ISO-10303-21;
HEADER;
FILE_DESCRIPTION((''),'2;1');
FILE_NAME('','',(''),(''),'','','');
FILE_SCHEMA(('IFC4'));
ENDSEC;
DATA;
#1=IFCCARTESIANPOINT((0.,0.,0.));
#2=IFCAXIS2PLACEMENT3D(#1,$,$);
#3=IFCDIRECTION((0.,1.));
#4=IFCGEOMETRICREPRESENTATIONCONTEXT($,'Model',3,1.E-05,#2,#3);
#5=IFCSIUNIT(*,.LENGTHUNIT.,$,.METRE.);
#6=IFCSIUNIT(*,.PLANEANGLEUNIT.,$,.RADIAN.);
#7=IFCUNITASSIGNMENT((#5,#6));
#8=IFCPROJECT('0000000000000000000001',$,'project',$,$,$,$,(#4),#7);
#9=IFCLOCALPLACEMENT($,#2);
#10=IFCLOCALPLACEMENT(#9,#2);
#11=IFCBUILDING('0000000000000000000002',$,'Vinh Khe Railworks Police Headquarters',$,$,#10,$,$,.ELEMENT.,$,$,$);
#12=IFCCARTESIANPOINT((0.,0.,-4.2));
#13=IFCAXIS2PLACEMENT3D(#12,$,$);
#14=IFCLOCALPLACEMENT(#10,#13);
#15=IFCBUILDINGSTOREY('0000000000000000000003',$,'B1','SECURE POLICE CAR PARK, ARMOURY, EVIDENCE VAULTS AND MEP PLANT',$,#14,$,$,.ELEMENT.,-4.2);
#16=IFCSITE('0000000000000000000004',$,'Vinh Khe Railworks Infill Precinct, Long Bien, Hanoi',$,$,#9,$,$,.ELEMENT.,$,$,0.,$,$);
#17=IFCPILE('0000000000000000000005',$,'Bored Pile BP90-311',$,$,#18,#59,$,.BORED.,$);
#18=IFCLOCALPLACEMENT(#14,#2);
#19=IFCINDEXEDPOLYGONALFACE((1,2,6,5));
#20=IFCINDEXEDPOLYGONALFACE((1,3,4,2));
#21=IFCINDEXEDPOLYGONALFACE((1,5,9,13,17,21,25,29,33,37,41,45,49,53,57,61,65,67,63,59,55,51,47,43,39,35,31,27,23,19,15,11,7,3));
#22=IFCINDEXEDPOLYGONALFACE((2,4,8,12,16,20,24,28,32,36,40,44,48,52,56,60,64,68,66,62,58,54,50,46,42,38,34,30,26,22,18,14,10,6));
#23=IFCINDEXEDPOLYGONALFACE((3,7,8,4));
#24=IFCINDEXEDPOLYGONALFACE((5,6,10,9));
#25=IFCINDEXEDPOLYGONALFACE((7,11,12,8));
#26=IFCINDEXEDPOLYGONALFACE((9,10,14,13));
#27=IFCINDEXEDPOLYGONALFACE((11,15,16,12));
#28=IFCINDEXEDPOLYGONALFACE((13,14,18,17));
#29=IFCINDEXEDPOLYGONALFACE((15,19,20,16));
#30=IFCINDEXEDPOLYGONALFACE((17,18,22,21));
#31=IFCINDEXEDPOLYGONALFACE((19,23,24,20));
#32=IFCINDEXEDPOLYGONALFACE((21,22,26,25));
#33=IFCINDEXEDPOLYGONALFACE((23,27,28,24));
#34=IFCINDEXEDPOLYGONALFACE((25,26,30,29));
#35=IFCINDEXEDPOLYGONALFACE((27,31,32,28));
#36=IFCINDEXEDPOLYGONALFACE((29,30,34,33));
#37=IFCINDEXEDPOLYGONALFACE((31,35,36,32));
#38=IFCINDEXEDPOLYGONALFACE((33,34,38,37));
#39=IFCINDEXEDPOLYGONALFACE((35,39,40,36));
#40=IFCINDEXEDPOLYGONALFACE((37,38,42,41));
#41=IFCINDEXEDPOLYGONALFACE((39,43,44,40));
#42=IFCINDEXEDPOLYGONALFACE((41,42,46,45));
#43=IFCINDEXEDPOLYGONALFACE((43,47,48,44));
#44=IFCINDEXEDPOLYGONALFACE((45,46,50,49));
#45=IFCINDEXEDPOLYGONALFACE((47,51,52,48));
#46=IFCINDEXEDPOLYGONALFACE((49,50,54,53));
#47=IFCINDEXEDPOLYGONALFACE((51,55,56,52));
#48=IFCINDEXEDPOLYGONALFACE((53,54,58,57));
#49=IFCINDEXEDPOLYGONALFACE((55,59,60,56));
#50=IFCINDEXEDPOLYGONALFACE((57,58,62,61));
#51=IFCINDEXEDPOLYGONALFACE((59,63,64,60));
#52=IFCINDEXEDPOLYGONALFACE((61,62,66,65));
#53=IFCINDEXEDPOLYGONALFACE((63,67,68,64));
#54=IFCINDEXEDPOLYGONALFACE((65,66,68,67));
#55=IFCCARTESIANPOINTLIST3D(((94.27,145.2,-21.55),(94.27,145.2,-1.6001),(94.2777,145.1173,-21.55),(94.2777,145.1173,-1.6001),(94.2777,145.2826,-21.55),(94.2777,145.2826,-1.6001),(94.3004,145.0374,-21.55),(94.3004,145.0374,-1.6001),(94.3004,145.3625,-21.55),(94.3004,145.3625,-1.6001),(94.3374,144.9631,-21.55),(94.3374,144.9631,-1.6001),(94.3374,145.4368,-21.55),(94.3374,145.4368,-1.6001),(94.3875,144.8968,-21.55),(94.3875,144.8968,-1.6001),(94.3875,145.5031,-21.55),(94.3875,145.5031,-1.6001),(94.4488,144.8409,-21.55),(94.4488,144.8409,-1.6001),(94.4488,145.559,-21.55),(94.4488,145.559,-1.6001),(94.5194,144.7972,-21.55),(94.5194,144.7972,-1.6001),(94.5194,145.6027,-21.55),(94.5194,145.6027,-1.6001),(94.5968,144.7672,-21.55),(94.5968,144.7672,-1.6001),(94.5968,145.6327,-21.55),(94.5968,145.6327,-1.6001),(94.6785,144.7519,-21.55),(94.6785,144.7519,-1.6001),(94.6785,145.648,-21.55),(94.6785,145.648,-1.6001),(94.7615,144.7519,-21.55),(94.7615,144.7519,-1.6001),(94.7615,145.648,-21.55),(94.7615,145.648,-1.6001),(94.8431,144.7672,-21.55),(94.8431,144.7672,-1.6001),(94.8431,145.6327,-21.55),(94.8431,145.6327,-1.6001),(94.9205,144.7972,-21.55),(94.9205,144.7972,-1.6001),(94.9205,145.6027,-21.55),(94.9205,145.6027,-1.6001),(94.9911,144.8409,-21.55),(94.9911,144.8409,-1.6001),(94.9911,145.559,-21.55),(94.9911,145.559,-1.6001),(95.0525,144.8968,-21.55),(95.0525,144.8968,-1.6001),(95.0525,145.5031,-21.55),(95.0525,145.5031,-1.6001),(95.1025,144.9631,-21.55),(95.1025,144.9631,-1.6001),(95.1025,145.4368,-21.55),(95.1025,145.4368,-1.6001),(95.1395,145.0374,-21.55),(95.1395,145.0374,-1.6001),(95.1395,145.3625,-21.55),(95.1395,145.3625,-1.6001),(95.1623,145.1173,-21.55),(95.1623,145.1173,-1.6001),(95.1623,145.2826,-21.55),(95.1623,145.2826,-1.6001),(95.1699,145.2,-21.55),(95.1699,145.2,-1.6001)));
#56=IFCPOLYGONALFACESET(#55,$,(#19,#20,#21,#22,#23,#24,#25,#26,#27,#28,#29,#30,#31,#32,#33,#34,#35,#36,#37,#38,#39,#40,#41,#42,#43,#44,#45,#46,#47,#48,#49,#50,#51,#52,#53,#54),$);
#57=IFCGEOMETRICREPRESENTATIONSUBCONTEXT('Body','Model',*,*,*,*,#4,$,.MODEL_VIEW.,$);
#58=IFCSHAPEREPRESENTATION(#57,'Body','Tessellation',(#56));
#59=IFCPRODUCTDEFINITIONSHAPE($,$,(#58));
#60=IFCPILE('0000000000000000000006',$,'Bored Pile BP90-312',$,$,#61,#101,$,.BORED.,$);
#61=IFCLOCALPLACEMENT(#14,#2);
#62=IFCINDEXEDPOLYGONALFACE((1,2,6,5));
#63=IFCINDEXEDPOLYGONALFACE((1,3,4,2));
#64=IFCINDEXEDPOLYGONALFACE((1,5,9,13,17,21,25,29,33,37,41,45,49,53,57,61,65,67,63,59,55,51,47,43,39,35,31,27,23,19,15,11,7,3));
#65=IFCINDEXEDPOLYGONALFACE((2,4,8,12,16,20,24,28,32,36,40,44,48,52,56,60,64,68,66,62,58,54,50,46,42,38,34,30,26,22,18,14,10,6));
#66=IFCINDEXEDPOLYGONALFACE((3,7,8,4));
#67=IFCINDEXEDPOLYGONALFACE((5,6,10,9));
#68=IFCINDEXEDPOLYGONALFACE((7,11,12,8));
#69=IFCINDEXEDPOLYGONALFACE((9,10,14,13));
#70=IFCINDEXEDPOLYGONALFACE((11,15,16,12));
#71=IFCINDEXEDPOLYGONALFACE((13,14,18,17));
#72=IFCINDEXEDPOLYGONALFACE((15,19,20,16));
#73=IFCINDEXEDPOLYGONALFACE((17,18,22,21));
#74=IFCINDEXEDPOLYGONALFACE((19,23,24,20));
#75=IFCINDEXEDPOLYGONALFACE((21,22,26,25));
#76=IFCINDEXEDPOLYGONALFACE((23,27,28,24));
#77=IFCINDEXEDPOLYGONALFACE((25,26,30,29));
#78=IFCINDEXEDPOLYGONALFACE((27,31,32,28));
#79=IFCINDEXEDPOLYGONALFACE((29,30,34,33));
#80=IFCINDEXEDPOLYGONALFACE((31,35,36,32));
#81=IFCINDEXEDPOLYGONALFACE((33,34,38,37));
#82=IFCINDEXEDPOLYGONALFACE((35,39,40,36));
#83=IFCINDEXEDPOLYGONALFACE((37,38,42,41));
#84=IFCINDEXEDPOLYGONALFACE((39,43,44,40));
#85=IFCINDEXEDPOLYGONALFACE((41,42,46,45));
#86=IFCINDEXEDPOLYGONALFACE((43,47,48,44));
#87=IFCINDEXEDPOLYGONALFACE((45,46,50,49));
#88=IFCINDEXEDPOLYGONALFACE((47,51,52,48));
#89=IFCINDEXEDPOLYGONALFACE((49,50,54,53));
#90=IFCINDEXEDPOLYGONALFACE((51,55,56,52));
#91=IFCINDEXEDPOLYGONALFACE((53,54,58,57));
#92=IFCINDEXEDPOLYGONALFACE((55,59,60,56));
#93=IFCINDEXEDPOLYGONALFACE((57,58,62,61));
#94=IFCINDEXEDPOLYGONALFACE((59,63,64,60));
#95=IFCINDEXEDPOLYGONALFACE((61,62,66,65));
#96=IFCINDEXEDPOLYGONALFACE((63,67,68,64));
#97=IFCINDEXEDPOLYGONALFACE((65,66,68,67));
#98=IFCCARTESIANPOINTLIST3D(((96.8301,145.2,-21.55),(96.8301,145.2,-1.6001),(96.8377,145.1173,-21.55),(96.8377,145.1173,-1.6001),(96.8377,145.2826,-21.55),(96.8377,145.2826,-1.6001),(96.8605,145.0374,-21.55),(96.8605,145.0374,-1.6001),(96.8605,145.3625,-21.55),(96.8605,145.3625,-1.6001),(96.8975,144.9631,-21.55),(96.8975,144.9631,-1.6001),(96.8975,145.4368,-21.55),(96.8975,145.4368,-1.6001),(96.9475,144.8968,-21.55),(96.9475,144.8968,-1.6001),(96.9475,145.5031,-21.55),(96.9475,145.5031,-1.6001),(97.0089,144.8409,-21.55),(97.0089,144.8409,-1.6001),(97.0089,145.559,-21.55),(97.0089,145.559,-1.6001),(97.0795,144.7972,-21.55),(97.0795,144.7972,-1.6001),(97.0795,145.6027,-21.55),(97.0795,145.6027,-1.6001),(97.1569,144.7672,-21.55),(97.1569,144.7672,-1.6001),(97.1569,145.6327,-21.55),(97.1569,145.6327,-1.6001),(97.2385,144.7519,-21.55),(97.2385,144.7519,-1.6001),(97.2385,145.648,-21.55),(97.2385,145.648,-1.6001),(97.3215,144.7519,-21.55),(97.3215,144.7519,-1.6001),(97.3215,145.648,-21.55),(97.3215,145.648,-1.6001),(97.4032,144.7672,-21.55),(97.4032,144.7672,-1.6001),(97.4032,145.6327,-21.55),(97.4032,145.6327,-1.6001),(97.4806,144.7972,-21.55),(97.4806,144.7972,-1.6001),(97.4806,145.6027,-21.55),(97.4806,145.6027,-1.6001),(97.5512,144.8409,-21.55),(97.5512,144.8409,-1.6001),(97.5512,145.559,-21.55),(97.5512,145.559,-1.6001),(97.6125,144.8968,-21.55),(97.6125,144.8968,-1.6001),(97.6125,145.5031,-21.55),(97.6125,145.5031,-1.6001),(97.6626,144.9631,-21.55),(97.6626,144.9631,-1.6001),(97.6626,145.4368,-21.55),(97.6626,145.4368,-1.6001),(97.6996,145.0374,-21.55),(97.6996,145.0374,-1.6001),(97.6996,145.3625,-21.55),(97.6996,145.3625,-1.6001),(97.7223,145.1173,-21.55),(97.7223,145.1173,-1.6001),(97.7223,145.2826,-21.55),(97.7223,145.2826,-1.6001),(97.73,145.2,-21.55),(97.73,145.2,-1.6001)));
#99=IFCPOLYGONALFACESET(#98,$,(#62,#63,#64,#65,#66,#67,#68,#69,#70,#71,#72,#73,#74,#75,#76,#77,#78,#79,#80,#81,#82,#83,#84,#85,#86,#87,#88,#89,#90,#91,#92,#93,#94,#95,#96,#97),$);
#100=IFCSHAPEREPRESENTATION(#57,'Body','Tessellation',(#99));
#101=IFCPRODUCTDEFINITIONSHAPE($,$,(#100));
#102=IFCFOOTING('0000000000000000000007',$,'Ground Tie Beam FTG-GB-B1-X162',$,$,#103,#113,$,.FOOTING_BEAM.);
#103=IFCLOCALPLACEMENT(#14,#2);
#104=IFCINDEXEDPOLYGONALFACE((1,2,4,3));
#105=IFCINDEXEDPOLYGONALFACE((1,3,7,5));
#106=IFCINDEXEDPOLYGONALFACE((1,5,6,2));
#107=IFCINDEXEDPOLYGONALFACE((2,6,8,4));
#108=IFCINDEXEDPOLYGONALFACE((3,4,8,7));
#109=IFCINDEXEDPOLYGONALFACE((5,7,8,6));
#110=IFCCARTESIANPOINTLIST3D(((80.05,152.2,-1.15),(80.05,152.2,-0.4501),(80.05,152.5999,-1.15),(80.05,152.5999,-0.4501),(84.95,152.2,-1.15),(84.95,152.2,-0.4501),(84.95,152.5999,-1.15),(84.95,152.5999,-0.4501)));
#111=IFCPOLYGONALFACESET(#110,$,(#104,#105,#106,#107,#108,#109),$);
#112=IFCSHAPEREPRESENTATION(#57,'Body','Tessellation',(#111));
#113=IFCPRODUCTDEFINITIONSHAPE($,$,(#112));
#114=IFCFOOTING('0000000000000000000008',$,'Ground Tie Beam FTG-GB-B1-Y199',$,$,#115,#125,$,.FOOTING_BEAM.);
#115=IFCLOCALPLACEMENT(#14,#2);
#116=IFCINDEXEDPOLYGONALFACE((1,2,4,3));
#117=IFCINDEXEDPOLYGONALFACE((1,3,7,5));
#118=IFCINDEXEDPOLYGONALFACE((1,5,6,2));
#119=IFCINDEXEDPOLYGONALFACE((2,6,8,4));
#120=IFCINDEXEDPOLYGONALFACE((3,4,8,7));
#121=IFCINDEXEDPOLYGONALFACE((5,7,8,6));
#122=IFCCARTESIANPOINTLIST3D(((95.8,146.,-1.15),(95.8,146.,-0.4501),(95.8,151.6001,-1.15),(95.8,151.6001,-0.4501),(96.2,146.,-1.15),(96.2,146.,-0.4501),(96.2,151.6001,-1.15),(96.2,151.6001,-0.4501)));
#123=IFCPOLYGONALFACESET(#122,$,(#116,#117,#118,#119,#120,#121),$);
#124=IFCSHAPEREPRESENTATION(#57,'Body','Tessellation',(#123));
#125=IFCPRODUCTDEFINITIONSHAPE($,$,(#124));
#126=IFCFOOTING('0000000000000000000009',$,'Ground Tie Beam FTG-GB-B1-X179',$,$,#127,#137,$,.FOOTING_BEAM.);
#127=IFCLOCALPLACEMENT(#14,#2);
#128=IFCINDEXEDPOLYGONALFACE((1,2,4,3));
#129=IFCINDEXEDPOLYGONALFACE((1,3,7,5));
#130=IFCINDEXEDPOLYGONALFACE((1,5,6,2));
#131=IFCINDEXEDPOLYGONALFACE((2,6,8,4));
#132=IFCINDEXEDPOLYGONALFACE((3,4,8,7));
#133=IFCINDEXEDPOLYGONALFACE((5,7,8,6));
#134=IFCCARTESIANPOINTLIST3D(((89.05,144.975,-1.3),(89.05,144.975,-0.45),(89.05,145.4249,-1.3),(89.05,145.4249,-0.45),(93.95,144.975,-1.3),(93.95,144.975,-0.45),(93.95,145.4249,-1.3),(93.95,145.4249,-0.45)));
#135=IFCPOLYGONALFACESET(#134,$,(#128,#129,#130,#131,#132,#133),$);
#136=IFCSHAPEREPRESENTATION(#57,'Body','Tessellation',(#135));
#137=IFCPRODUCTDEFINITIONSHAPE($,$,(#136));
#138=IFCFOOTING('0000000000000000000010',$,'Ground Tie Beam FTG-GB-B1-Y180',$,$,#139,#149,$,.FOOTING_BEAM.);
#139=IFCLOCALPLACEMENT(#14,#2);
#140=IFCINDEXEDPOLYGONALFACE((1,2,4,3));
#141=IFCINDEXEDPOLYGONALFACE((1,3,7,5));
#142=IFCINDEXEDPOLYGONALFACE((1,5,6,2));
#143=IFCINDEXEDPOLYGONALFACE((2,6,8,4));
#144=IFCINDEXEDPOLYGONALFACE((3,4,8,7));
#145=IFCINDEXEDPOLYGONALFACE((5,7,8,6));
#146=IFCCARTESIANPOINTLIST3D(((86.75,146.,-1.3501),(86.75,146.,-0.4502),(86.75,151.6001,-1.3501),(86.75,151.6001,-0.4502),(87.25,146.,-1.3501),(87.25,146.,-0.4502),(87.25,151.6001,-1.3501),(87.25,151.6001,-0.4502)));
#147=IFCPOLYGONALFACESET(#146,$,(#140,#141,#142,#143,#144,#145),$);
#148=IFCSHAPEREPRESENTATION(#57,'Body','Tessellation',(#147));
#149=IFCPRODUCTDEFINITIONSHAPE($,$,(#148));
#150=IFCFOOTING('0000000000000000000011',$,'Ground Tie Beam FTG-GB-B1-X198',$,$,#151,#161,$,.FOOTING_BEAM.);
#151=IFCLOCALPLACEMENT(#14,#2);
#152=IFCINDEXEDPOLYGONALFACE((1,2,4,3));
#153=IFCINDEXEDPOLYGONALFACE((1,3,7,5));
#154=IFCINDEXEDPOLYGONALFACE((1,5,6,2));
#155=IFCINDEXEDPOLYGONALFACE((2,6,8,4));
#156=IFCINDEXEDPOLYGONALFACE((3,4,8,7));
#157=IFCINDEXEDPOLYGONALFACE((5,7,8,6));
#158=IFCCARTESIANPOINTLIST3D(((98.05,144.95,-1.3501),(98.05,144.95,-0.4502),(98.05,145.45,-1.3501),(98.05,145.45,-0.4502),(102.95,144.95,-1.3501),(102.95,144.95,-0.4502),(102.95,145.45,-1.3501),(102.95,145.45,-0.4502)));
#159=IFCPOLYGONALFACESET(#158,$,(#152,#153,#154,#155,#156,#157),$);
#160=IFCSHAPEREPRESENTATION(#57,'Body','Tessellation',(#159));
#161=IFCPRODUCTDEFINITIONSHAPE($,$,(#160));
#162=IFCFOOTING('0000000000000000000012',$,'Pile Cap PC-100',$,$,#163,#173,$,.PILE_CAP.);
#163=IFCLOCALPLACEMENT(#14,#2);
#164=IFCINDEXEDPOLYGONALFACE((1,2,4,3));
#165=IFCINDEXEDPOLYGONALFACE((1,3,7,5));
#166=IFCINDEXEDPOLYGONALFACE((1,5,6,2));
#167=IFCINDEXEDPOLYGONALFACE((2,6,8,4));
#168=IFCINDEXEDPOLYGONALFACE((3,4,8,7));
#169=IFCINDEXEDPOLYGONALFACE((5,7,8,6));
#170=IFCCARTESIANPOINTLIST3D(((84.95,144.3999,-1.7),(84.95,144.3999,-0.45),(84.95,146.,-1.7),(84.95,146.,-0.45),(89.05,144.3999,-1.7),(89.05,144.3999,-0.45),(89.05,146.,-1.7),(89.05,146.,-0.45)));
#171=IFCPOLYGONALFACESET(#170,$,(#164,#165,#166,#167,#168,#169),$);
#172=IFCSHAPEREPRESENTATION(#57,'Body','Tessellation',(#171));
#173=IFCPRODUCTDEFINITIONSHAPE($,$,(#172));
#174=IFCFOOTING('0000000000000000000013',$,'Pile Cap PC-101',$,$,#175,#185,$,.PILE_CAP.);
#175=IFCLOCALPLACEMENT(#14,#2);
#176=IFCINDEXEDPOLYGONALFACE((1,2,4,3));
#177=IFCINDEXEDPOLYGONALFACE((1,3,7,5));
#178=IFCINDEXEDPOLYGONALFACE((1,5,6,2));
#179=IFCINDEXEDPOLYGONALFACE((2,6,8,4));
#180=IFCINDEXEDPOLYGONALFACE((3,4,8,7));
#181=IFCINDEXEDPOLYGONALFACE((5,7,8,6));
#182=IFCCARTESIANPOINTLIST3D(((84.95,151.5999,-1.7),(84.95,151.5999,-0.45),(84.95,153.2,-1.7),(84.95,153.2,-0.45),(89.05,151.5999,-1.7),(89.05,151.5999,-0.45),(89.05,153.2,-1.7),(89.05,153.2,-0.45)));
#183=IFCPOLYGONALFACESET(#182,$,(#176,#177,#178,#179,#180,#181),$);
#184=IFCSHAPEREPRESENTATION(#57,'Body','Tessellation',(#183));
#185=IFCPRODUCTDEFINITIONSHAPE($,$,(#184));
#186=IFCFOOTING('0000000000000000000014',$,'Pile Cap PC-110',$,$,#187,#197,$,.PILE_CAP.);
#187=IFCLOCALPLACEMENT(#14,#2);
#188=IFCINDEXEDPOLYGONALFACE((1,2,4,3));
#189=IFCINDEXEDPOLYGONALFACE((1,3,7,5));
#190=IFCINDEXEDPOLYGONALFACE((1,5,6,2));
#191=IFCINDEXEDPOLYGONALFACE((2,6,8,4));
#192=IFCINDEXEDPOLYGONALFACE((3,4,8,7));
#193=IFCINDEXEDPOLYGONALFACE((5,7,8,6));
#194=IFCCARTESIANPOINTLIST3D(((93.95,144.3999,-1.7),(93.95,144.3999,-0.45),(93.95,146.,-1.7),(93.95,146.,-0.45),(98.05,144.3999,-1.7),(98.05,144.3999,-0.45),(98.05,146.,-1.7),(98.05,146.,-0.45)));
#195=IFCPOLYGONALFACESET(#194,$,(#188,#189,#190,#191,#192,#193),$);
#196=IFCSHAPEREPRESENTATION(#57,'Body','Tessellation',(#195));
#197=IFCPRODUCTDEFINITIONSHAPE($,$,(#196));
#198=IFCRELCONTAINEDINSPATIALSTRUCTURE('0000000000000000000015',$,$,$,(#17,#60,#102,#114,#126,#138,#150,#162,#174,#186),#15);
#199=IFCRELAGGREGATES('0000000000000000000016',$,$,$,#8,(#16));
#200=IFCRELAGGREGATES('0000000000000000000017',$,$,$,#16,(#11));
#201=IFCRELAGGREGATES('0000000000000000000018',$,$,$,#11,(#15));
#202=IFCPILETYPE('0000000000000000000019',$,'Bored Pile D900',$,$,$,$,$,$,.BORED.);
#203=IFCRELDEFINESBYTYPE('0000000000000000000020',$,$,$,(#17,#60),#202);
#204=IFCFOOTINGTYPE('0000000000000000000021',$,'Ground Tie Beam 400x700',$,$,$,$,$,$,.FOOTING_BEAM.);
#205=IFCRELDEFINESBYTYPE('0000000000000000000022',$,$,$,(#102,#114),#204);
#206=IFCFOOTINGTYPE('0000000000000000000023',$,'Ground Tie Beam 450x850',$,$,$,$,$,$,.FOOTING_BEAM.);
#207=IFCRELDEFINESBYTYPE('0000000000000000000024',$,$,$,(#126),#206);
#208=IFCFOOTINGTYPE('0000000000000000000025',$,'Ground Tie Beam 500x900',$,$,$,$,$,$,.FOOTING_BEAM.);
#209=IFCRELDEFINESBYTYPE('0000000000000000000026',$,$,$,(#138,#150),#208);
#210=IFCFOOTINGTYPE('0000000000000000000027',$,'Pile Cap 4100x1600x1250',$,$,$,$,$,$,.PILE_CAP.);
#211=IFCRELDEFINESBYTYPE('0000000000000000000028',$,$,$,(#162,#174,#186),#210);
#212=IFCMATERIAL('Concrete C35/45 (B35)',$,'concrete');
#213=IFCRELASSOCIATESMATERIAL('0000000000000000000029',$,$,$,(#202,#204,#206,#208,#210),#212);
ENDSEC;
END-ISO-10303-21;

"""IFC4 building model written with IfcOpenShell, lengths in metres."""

from ifc_helpers import new_model, si_unit, direction, frame, origin, origin_2d, place, context, subcontext, project, spatial, rectangle, circle, extrude, material, material_profile, profile_set, type_object, element, save


model = new_model("IFC4")

# Units and contexts
model_context = context("Model", 3, precision=1e-05, world=origin(), true_north=direction((0.0, 1.0)))
body_context = subcontext(model_context, "Body", "Model", "MODEL_VIEW")
ifc_project = project(units=[si_unit("LENGTHUNIT", "METRE"), si_unit("PLANEANGLEUNIT", "RADIAN")], contexts=[model_context])

# Site, building, storey
site_placement = place(None, origin())
site = spatial("IfcSite", under=ifc_project, at=site_placement, Name="Vinh Khe Railworks Infill Precinct, Long Bien, Hanoi", CompositionType="ELEMENT", RefElevation=0.0)
building_placement = place(site_placement, origin())
building = spatial("IfcBuilding", under=site, at=building_placement, Name="Vinh Khe Railworks Police Headquarters", CompositionType="ELEMENT")
storey_placement = place(building_placement, frame((0.0, 0.0, -4.2)))
storey = spatial("IfcBuildingStorey", under=building, at=storey_placement, Name="B1", Description="SECURE POLICE CAR PARK, ARMOURY, EVIDENCE VAULTS AND MEP PLANT", CompositionType="ELEMENT", Elevation=-4.2)

# Piles
ifc_material_1 = material(Name="Concrete C35/45 (B35)", Category="concrete")
ifc_material_profile_1 = material_profile(ifc_material_1, circle(Radius=0.45, at=origin_2d()), Name="BORED PILE D900")
ifc_profile_set_1 = profile_set([ifc_material_profile_1], Name="Concrete C35/45 (B35)")
pile_type = type_object("IfcPileType", Name="Bored Pile D900", PredefinedType="BORED", material=ifc_profile_set_1)
for number, where, z_axis, x_axis, name in (
    (1, (94.72, 145.2, -1.6001), (0.0, 0.0, -1.0), (1.0, 0.0, 0.0), "Bored Pile BP90-311"),
    (2, (97.28, 145.2, -1.6001), (0.0, 0.0, -1.0), (1.0, 0.0, 0.0), "Bored Pile BP90-312"),
):
    element("IfcPile", number, at=place(storey_placement, frame(where, z_axis=z_axis, x_axis=x_axis)), inside=storey, type_object=pile_type, Name=name, PredefinedType="BORED", context=body_context, shape_type="SweptSolid", body=[
        extrude(circle(Radius=0.45, at=origin_2d()), origin(), (0.0, 0.0, 1.0), 19.95),
    ])

# Footings
ifc_material_profile_2 = material_profile(ifc_material_1, rectangle(XDim=0.3999, YDim=0.7, at=origin_2d()), Name="RC 400x700")
ifc_profile_set_2 = profile_set([ifc_material_profile_2], Name="Concrete C35/45 (B35)")
footing_type_1 = type_object("IfcFootingType", Name="Ground Tie Beam 400x700", PredefinedType="FOOTING_BEAM", material=ifc_profile_set_2)
footing_1_placement = place(storey_placement, frame((80.05, 152.3999, -0.8), z_axis=(1.0, 0.0, 0.0), x_axis=(0.0, 1.0, 0.0)))
element("IfcFooting", 3, at=footing_1_placement, inside=storey, type_object=footing_type_1, Name="Ground Tie Beam FTG-GB-B1-X162", PredefinedType="FOOTING_BEAM", context=body_context, shape_type="SweptSolid", body=[
    extrude(rectangle(XDim=0.3999, YDim=0.7, at=origin_2d()), origin(), (0.0, 0.0, 1.0), 4.8999),
])
footing_2_placement = place(storey_placement, frame((96.0, 146.0, -0.8), z_axis=(0.0, 1.0, 0.0), x_axis=(-1.0, 0.0, 0.0)))
element("IfcFooting", 4, at=footing_2_placement, inside=storey, type_object=footing_type_1, Name="Ground Tie Beam FTG-GB-B1-Y199", PredefinedType="FOOTING_BEAM", context=body_context, shape_type="SweptSolid", body=[
    extrude(rectangle(XDim=0.3999, YDim=0.7, at=origin_2d()), origin(), (0.0, 0.0, 1.0), 5.6001),
])
ifc_material_profile_3 = material_profile(ifc_material_1, rectangle(XDim=0.45, YDim=0.8501, at=origin_2d()), Name="RC 450x850")
ifc_profile_set_3 = profile_set([ifc_material_profile_3], Name="Concrete C35/45 (B35)")
footing_type_2 = type_object("IfcFootingType", Name="Ground Tie Beam 450x850", PredefinedType="FOOTING_BEAM", material=ifc_profile_set_3)
footing_3_placement = place(storey_placement, frame((89.05, 145.2, -0.875), z_axis=(1.0, 0.0, 0.0), x_axis=(0.0, 1.0, 0.0)))
element("IfcFooting", 5, at=footing_3_placement, inside=storey, type_object=footing_type_2, Name="Ground Tie Beam FTG-GB-B1-X179", PredefinedType="FOOTING_BEAM", context=body_context, shape_type="SweptSolid", body=[
    extrude(rectangle(XDim=0.45, YDim=0.8501, at=origin_2d()), origin(), (0.0, 0.0, 1.0), 4.8999),
])
ifc_material_profile_4 = material_profile(ifc_material_1, rectangle(XDim=0.5, YDim=0.8999, at=origin_2d()), Name="RC 500x900")
ifc_profile_set_4 = profile_set([ifc_material_profile_4], Name="Concrete C35/45 (B35)")
footing_type_3 = type_object("IfcFootingType", Name="Ground Tie Beam 500x900", PredefinedType="FOOTING_BEAM", material=ifc_profile_set_4)
footing_4_placement = place(storey_placement, frame((87.0, 146.0, -0.9001), z_axis=(0.0, 1.0, 0.0), x_axis=(-1.0, 0.0, 0.0)))
element("IfcFooting", 6, at=footing_4_placement, inside=storey, type_object=footing_type_3, Name="Ground Tie Beam FTG-GB-B1-Y180", PredefinedType="FOOTING_BEAM", context=body_context, shape_type="SweptSolid", body=[
    extrude(rectangle(XDim=0.5, YDim=0.8999, at=origin_2d()), origin(), (0.0, 0.0, 1.0), 5.6001),
])
footing_5_placement = place(storey_placement, frame((98.05, 145.2, -0.9001), z_axis=(1.0, 0.0, 0.0), x_axis=(0.0, 1.0, 0.0)))
element("IfcFooting", 7, at=footing_5_placement, inside=storey, type_object=footing_type_3, Name="Ground Tie Beam FTG-GB-B1-X198", PredefinedType="FOOTING_BEAM", context=body_context, shape_type="SweptSolid", body=[
    extrude(rectangle(XDim=0.5, YDim=0.8999, at=origin_2d()), origin(), (0.0, 0.0, 1.0), 4.8999),
])
footing_type_4 = type_object("IfcFootingType", Name="Pile Cap 4100x1600x1250", PredefinedType="PILE_CAP", material=ifc_material_1)
for number, where, z_axis, x_axis, name in (
    (8, (87.0, 145.2, -1.7), (0.0, 0.0, 1.0), (1.0, 0.0, 0.0), "Pile Cap PC-100"),
    (9, (87.0, 152.3999, -1.7), (0.0, 0.0, 1.0), (1.0, 0.0, 0.0), "Pile Cap PC-101"),
    (10, (96.0, 145.2, -1.7), (0.0, 0.0, 1.0), (1.0, 0.0, 0.0), "Pile Cap PC-110"),
):
    element("IfcFooting", number, at=place(storey_placement, frame(where, z_axis=z_axis, x_axis=x_axis)), inside=storey, type_object=footing_type_4, Name=name, PredefinedType="PILE_CAP", context=body_context, shape_type="SweptSolid", body=[
        extrude(rectangle(XDim=4.1001, YDim=1.6001, at=origin_2d()), origin(), (0.0, 0.0, 1.0), 1.25),
    ])

save(model, "model.ifc")
